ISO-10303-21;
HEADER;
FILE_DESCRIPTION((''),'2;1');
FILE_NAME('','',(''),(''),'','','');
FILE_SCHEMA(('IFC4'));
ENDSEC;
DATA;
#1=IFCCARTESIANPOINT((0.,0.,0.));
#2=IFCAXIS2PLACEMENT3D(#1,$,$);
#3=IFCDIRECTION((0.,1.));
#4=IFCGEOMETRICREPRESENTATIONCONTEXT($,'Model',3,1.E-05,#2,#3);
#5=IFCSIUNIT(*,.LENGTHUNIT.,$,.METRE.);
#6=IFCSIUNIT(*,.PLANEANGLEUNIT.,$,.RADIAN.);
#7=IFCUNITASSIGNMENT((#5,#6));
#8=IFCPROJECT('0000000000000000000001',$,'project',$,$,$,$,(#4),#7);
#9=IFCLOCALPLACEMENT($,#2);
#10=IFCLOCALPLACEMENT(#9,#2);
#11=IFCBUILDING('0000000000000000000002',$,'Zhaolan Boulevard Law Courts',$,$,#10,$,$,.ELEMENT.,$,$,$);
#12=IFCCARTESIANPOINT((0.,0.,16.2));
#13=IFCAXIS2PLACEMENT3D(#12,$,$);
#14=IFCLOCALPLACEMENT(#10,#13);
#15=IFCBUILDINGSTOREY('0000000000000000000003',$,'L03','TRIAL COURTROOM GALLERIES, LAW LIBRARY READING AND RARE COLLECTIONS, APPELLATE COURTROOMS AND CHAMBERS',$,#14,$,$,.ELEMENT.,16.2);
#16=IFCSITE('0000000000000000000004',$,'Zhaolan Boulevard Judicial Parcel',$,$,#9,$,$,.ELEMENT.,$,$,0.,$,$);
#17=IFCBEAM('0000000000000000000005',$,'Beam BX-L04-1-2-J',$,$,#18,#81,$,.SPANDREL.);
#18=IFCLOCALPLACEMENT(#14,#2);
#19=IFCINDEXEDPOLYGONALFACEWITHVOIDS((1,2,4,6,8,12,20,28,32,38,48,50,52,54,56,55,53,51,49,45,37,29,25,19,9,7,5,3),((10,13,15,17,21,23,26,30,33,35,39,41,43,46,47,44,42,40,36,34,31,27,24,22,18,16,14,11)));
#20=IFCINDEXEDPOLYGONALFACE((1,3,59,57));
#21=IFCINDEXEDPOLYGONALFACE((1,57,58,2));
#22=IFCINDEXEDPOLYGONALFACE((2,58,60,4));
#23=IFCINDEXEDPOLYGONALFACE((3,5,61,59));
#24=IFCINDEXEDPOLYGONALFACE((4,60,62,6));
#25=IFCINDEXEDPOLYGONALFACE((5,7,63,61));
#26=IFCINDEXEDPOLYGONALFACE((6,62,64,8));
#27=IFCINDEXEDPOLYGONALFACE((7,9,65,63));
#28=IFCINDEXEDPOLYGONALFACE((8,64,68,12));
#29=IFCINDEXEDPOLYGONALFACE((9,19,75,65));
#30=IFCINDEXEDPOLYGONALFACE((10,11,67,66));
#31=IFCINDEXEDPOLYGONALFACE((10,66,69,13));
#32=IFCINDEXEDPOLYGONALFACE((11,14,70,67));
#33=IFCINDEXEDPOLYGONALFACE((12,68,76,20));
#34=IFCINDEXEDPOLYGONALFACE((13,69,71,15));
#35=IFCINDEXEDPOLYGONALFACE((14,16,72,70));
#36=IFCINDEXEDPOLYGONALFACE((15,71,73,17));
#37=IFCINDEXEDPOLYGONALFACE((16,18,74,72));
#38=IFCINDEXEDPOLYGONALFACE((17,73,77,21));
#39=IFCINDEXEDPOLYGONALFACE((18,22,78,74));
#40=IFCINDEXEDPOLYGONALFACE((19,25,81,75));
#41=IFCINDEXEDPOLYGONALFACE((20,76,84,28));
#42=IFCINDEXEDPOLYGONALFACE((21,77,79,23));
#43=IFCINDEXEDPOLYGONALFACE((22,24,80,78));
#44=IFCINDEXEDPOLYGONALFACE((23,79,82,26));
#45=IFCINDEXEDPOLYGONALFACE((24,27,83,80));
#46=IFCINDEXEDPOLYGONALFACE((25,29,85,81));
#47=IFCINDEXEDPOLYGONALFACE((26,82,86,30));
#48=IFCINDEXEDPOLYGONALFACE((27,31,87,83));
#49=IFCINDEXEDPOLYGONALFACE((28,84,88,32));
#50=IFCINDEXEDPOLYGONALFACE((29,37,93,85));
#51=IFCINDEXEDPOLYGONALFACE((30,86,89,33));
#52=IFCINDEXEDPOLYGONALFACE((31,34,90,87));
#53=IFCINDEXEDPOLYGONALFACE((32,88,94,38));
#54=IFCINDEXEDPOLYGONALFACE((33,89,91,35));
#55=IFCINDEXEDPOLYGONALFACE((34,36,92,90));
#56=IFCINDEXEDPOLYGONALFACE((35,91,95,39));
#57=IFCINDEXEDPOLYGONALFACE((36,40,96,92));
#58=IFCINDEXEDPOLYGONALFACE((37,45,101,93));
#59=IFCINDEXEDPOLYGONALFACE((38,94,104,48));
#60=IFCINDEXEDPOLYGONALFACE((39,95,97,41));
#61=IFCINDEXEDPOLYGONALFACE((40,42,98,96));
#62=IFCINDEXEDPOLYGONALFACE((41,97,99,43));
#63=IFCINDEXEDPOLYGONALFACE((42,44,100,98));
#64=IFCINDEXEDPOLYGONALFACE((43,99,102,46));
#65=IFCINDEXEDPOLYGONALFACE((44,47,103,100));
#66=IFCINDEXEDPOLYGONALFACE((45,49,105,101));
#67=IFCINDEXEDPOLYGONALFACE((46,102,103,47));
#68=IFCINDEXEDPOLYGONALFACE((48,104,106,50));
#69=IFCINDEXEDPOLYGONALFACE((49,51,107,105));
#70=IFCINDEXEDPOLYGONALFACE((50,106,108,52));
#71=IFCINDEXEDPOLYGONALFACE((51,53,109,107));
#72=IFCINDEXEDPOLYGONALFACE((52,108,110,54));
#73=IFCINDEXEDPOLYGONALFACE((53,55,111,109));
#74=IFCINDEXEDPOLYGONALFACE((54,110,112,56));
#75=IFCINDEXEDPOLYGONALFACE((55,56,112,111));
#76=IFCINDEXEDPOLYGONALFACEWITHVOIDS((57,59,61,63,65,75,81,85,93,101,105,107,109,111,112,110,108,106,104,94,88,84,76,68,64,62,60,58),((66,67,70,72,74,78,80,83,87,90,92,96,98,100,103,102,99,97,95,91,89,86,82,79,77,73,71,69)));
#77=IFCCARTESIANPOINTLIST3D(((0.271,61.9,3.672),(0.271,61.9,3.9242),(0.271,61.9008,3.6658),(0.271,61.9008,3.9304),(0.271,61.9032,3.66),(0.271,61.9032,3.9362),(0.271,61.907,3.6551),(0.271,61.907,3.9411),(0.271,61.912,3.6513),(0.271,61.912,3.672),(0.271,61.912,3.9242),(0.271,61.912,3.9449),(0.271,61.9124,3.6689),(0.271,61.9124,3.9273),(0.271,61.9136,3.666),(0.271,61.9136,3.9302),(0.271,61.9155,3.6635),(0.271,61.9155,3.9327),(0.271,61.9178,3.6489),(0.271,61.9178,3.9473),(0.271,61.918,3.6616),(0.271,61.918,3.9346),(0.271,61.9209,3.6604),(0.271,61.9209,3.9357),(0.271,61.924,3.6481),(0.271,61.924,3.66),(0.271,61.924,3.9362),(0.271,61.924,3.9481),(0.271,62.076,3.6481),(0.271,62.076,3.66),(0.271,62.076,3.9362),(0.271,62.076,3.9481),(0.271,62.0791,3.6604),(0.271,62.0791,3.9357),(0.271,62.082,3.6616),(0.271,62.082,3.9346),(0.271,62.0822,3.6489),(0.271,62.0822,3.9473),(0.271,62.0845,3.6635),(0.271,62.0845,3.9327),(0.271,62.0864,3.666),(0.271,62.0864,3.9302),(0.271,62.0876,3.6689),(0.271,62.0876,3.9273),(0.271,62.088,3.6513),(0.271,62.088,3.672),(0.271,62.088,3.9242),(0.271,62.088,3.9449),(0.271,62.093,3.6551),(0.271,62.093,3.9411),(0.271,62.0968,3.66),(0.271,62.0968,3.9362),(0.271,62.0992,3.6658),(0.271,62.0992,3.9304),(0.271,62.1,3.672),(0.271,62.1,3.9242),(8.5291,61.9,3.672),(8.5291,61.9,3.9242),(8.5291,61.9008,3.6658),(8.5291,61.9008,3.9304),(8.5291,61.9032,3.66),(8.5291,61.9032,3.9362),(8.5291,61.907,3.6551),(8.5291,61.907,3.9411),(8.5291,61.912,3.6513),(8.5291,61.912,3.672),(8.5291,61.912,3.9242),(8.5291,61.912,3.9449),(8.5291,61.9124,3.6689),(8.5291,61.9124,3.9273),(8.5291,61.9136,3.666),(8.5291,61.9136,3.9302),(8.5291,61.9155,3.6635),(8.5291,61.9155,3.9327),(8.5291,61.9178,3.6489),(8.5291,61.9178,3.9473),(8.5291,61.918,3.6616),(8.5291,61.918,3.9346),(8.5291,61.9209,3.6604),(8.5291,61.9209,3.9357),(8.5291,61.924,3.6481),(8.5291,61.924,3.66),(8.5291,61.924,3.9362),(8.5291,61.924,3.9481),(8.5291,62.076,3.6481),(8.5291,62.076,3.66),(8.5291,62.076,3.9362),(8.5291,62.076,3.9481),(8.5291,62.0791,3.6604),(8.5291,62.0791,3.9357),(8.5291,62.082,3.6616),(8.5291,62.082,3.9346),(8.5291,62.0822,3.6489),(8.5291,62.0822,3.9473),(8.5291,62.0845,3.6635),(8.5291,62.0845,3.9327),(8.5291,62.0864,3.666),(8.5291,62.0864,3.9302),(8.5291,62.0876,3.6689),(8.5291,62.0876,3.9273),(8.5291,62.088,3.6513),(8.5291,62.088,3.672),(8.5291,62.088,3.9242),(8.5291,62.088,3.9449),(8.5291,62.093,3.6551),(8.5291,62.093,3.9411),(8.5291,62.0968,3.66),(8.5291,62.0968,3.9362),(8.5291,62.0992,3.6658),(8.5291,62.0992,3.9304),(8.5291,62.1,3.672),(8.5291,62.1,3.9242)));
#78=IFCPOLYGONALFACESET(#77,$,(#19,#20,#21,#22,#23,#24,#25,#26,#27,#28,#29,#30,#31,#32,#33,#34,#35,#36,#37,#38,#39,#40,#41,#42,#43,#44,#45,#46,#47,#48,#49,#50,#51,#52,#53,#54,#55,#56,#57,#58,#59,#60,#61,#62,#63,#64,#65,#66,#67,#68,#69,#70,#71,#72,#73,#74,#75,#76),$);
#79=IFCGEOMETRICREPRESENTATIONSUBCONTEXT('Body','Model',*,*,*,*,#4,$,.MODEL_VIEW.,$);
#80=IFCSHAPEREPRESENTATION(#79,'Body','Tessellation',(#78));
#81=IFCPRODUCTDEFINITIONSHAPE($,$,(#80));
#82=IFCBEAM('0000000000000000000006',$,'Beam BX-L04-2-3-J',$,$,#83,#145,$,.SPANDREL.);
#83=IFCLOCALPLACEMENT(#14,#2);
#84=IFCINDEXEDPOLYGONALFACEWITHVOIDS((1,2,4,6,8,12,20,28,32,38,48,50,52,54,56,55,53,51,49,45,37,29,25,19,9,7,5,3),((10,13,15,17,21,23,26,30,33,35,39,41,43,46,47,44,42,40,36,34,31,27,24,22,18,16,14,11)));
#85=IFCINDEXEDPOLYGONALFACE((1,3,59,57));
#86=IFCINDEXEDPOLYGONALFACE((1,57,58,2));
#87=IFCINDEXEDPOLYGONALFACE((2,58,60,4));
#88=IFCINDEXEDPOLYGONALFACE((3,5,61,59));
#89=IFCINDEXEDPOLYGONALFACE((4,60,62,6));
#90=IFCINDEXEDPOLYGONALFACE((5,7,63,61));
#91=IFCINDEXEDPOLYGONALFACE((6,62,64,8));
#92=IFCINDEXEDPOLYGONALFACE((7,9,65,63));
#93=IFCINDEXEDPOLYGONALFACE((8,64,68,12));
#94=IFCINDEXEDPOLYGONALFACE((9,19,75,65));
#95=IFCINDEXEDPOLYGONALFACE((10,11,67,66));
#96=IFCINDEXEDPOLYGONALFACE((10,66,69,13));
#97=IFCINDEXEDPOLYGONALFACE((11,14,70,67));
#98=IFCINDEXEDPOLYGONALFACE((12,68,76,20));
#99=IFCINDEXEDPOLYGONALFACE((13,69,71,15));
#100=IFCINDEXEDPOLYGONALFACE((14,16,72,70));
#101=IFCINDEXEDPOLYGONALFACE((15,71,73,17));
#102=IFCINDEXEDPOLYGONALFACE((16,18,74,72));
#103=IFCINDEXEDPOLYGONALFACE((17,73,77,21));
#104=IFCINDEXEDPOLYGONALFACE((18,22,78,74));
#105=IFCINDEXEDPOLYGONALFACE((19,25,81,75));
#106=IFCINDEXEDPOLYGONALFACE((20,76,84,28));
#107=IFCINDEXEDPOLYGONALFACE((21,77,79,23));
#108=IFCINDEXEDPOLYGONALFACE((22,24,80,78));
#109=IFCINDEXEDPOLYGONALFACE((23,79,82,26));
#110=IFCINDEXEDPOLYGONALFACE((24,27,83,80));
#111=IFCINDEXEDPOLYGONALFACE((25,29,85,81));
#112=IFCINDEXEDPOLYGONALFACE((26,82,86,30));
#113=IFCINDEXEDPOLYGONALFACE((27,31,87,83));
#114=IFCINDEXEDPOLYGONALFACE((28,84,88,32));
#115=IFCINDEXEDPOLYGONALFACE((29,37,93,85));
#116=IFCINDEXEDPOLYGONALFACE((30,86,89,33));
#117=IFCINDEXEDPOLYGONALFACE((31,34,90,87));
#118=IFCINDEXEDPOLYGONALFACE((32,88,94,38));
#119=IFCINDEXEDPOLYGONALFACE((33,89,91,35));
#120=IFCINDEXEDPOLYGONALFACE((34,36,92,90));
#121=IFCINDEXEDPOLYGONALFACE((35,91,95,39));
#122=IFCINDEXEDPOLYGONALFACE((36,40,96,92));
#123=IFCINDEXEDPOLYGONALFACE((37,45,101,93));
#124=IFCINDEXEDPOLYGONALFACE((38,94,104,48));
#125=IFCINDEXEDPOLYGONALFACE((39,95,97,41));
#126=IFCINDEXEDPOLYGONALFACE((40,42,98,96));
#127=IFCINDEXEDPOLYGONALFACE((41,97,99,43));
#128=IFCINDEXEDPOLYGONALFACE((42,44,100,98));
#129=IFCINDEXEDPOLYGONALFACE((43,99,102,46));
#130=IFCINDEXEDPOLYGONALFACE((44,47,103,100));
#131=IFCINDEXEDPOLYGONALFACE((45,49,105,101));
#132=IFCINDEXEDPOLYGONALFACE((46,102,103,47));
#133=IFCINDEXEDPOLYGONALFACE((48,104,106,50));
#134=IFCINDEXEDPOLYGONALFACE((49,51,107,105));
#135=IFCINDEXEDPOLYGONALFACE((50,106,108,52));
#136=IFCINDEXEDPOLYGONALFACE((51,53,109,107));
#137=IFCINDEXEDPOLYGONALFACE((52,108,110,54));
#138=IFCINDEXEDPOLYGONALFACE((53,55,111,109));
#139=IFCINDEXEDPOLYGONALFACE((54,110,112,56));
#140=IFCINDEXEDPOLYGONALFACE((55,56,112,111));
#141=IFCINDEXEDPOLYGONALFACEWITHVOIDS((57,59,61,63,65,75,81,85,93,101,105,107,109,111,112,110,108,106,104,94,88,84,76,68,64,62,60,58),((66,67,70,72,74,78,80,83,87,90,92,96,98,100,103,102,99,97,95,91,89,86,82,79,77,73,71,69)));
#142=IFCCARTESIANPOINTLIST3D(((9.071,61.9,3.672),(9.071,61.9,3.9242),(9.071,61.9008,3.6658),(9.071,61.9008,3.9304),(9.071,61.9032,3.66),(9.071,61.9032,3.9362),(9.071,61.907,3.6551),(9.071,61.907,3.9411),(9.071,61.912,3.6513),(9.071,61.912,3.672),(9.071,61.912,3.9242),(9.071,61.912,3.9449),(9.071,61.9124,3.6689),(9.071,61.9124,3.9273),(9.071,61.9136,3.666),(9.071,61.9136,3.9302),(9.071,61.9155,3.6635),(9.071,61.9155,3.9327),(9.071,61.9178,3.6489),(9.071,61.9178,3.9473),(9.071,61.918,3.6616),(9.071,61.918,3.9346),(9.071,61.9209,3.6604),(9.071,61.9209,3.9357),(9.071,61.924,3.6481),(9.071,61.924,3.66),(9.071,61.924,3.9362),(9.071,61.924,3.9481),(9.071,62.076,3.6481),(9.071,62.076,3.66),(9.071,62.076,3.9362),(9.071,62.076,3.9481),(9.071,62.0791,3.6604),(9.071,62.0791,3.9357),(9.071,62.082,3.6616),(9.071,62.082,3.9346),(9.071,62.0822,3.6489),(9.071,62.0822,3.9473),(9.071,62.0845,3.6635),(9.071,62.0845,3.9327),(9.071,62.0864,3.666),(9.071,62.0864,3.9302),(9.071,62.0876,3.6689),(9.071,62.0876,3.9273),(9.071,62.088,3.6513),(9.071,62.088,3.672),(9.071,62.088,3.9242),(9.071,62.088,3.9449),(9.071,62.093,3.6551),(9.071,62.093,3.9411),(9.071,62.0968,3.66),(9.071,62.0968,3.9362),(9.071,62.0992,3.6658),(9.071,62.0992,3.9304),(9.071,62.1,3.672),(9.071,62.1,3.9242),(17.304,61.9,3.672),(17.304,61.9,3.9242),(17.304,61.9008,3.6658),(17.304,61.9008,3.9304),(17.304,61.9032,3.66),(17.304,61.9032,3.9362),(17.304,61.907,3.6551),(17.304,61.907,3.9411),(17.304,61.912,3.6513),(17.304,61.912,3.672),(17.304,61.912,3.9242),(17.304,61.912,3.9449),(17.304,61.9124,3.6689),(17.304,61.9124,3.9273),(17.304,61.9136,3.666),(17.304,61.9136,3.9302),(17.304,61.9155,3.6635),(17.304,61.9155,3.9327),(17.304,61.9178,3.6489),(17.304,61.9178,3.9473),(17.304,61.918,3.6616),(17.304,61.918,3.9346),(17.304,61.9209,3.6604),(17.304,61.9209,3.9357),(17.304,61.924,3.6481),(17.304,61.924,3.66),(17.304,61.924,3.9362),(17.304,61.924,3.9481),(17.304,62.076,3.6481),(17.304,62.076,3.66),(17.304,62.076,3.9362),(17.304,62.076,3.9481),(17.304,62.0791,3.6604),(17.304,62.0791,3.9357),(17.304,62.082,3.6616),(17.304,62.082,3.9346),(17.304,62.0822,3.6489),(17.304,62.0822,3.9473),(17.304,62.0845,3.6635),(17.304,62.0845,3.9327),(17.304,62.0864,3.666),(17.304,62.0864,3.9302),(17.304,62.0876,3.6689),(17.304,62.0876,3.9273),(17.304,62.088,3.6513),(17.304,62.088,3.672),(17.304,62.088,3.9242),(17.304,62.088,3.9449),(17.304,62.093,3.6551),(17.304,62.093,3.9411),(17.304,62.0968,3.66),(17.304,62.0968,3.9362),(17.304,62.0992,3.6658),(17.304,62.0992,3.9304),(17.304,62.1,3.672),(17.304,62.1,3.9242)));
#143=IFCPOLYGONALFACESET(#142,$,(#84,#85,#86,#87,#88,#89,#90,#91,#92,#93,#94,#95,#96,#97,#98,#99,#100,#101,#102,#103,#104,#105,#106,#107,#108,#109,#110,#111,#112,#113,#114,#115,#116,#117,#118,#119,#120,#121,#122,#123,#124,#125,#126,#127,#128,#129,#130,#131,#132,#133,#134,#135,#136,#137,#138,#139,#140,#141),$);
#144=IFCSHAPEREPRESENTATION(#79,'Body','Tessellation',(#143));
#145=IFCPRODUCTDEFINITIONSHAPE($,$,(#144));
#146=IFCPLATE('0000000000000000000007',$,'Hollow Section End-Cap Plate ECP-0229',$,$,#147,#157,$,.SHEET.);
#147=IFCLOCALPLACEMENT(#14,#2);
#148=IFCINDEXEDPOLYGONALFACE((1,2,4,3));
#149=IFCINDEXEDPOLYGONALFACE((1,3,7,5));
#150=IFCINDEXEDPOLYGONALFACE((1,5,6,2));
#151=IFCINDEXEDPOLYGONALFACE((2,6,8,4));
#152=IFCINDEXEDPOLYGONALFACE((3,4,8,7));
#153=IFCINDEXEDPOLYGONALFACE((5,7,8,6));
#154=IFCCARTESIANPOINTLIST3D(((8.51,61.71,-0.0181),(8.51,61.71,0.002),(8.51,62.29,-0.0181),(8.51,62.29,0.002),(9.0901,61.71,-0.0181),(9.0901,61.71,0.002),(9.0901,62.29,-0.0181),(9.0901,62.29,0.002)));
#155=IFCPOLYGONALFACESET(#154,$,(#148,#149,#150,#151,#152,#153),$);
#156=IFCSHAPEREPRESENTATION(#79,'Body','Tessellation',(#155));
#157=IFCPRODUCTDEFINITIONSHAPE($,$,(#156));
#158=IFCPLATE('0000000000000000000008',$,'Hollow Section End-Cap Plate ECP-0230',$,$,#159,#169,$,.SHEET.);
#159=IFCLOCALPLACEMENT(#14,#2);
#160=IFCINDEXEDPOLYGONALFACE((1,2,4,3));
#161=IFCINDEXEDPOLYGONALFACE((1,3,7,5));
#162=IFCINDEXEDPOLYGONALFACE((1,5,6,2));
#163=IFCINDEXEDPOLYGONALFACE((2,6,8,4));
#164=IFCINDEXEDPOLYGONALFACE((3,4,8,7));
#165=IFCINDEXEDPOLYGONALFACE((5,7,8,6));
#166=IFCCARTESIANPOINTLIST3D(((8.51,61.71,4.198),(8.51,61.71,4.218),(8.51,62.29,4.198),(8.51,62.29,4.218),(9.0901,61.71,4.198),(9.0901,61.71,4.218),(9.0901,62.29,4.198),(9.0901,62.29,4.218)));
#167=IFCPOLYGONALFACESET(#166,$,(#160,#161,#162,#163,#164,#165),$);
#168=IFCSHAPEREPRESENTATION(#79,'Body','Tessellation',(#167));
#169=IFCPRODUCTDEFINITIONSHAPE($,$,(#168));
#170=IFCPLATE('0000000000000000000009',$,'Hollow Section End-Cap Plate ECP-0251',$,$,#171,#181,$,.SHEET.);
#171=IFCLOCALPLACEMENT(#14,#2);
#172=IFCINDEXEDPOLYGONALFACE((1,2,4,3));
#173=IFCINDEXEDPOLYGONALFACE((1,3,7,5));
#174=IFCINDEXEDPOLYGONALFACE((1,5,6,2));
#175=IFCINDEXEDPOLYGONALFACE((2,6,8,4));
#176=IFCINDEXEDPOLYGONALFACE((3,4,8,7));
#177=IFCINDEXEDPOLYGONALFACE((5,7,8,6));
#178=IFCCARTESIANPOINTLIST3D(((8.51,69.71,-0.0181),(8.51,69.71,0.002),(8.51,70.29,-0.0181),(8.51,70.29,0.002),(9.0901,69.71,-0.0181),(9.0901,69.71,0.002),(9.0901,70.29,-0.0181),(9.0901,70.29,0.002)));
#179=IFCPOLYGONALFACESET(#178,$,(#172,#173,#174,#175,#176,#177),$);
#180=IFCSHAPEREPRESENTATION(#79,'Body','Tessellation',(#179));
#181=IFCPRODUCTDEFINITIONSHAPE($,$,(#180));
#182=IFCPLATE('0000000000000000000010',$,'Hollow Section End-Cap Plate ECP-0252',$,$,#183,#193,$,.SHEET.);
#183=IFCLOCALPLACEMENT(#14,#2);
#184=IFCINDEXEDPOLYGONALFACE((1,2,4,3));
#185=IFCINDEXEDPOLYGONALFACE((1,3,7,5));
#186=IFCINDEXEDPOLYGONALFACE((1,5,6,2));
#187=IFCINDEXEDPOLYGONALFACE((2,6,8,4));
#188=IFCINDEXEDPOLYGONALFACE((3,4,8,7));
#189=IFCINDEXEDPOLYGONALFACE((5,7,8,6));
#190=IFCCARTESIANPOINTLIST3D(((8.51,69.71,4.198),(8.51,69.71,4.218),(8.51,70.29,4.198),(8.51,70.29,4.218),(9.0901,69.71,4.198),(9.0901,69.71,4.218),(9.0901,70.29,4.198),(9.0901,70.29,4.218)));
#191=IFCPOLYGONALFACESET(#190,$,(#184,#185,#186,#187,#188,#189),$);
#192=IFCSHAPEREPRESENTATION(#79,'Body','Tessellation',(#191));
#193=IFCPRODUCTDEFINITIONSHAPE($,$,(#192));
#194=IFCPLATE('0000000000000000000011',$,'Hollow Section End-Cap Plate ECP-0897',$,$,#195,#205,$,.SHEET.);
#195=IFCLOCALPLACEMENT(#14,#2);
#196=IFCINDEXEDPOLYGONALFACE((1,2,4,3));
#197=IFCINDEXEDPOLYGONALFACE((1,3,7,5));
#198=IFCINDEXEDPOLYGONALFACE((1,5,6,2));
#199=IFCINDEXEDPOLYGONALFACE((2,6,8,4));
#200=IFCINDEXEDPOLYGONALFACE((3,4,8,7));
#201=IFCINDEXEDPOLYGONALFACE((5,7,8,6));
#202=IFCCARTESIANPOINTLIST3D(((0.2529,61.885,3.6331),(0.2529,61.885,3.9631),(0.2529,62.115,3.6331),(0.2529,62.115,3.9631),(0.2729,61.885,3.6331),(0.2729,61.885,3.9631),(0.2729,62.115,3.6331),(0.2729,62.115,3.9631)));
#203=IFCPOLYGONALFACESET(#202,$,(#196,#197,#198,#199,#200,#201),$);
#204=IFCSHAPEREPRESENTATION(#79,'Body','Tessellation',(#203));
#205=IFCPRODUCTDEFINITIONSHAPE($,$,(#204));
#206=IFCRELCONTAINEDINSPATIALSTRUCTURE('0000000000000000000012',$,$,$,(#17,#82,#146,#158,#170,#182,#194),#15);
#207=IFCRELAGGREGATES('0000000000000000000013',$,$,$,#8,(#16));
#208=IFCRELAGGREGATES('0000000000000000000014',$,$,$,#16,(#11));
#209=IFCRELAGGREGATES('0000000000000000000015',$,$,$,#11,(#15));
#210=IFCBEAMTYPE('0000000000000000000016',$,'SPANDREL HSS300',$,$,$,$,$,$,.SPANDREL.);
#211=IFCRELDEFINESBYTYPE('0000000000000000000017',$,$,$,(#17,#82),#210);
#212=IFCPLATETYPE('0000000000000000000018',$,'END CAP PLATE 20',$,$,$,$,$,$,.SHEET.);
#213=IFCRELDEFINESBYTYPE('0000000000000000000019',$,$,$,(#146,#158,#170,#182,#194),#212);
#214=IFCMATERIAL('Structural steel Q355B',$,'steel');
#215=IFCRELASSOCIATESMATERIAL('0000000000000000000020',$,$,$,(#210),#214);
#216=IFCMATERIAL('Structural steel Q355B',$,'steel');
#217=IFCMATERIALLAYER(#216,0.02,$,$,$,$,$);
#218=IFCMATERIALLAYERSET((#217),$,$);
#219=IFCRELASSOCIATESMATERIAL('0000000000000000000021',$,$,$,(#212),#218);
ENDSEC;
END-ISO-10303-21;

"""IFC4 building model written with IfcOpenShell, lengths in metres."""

from ifc_helpers import new_model, si_unit, direction, frame, origin, origin_2d, place, context, subcontext, project, spatial, rectangle, hollow_rectangle, extrude, material, layer, layer_set, material_profile, profile_set, type_object, element, save


model = new_model("IFC4")

# Units and contexts
model_context = context("Model", 3, precision=1e-05, world=origin(), true_north=direction((0.0, 1.0)))
body_context = subcontext(model_context, "Body", "Model", "MODEL_VIEW")
ifc_project = project(units=[si_unit("LENGTHUNIT", "METRE"), si_unit("PLANEANGLEUNIT", "RADIAN")], contexts=[model_context])

# Site, building, storey
site_placement = place(None, origin())
site = spatial("IfcSite", under=ifc_project, at=site_placement, Name="Zhaolan Boulevard Judicial Parcel", CompositionType="ELEMENT", RefElevation=0.0)
building_placement = place(site_placement, origin())
building = spatial("IfcBuilding", under=site, at=building_placement, Name="Zhaolan Boulevard Law Courts", CompositionType="ELEMENT")
storey_placement = place(building_placement, frame((0.0, 0.0, 16.2)))
storey = spatial("IfcBuildingStorey", under=building, at=storey_placement, Name="L03", Description="TRIAL COURTROOM GALLERIES, LAW LIBRARY READING AND RARE COLLECTIONS, APPELLATE COURTROOMS AND CHAMBERS", CompositionType="ELEMENT", Elevation=16.2)

# Beams
ifc_material_1 = material(Name="Structural steel Q355B", Category="steel")
ifc_material_profile_1 = material_profile(ifc_material_1, hollow_rectangle(XDim=0.2, YDim=0.3, WallThickness=0.012, InnerFilletRadius=0.012, OuterFilletRadius=0.0239, at=origin_2d()), Name="HSS300x200x12")
ifc_profile_set_1 = profile_set([ifc_material_profile_1], Name="Structural steel Q355B")
beam_type_1 = type_object("IfcBeamType", Name="SPANDREL HSS300", PredefinedType="SPANDREL", material=ifc_profile_set_1)
beam_1_placement = place(storey_placement, frame((0.271, 62.0, 3.7981), z_axis=(1.0, 0.0, 0.0), x_axis=(0.0, 1.0, 0.0)))
element("IfcBeam", 1, at=beam_1_placement, inside=storey, type_object=beam_type_1, Name="Beam BX-L04-1-2-J", PredefinedType="SPANDREL", context=body_context, shape_type="SweptSolid", body=[
    extrude(hollow_rectangle(XDim=0.2, YDim=0.3, WallThickness=0.012, InnerFilletRadius=0.012, OuterFilletRadius=0.0239, at=origin_2d()), origin(), (0.0, 0.0, 1.0), 8.2581),
])
beam_2_placement = place(storey_placement, frame((9.071, 62.0, 3.7981), z_axis=(1.0, 0.0, 0.0), x_axis=(0.0, 1.0, 0.0)))
element("IfcBeam", 2, at=beam_2_placement, inside=storey, type_object=beam_type_1, Name="Beam BX-L04-2-3-J", PredefinedType="SPANDREL", context=body_context, shape_type="SweptSolid", body=[
    extrude(hollow_rectangle(XDim=0.2, YDim=0.3, WallThickness=0.012, InnerFilletRadius=0.012, OuterFilletRadius=0.0239, at=origin_2d()), origin(), (0.0, 0.0, 1.0), 8.2329),
])

# Plates
ifc_material_2 = material(Name="Structural steel Q355B", Category="steel")
ifc_layer_1 = layer(ifc_material_2, 0.02)
ifc_layer_set_1 = layer_set([ifc_layer_1])
plate_type = type_object("IfcPlateType", Name="END CAP PLATE 20", PredefinedType="SHEET", material=ifc_layer_set_1)
for number, where, z_axis, x_axis, name in (
    (3, (8.8, 62.0, -0.0181), (0.0, 0.0, 1.0), (1.0, 0.0, 0.0), "Hollow Section End-Cap Plate ECP-0229"),
    (4, (8.8, 62.0, 4.198), (0.0, 0.0, 1.0), (1.0, 0.0, 0.0), "Hollow Section End-Cap Plate ECP-0230"),
    (5, (8.8, 70.0, -0.0181), (0.0, 0.0, 1.0), (1.0, 0.0, 0.0), "Hollow Section End-Cap Plate ECP-0251"),
    (6, (8.8, 70.0, 4.198), (0.0, 0.0, 1.0), (1.0, 0.0, 0.0), "Hollow Section End-Cap Plate ECP-0252"),
):
    element("IfcPlate", number, at=place(storey_placement, frame(where, z_axis=z_axis, x_axis=x_axis)), inside=storey, type_object=plate_type, Name=name, PredefinedType="SHEET", context=body_context, shape_type="SweptSolid", body=[
        extrude(rectangle(XDim=0.5801, YDim=0.5801, at=origin_2d()), origin(), (0.0, 0.0, 1.0), 0.02),
    ])
for number, where, z_axis, x_axis, name in (
    (7, (0.2629, 62.0, 3.6331), (0.0, 0.0, 1.0), (1.0, 0.0, 0.0), "Hollow Section End-Cap Plate ECP-0897"),
):
    element("IfcPlate", number, at=place(storey_placement, frame(where, z_axis=z_axis, x_axis=x_axis)), inside=storey, type_object=plate_type, Name=name, PredefinedType="SHEET", context=body_context, shape_type="SweptSolid", body=[
        extrude(rectangle(XDim=0.02, YDim=0.23, at=origin_2d()), origin(), (0.0, 0.0, 1.0), 0.3301),
    ])

save(model, "model.ifc")
